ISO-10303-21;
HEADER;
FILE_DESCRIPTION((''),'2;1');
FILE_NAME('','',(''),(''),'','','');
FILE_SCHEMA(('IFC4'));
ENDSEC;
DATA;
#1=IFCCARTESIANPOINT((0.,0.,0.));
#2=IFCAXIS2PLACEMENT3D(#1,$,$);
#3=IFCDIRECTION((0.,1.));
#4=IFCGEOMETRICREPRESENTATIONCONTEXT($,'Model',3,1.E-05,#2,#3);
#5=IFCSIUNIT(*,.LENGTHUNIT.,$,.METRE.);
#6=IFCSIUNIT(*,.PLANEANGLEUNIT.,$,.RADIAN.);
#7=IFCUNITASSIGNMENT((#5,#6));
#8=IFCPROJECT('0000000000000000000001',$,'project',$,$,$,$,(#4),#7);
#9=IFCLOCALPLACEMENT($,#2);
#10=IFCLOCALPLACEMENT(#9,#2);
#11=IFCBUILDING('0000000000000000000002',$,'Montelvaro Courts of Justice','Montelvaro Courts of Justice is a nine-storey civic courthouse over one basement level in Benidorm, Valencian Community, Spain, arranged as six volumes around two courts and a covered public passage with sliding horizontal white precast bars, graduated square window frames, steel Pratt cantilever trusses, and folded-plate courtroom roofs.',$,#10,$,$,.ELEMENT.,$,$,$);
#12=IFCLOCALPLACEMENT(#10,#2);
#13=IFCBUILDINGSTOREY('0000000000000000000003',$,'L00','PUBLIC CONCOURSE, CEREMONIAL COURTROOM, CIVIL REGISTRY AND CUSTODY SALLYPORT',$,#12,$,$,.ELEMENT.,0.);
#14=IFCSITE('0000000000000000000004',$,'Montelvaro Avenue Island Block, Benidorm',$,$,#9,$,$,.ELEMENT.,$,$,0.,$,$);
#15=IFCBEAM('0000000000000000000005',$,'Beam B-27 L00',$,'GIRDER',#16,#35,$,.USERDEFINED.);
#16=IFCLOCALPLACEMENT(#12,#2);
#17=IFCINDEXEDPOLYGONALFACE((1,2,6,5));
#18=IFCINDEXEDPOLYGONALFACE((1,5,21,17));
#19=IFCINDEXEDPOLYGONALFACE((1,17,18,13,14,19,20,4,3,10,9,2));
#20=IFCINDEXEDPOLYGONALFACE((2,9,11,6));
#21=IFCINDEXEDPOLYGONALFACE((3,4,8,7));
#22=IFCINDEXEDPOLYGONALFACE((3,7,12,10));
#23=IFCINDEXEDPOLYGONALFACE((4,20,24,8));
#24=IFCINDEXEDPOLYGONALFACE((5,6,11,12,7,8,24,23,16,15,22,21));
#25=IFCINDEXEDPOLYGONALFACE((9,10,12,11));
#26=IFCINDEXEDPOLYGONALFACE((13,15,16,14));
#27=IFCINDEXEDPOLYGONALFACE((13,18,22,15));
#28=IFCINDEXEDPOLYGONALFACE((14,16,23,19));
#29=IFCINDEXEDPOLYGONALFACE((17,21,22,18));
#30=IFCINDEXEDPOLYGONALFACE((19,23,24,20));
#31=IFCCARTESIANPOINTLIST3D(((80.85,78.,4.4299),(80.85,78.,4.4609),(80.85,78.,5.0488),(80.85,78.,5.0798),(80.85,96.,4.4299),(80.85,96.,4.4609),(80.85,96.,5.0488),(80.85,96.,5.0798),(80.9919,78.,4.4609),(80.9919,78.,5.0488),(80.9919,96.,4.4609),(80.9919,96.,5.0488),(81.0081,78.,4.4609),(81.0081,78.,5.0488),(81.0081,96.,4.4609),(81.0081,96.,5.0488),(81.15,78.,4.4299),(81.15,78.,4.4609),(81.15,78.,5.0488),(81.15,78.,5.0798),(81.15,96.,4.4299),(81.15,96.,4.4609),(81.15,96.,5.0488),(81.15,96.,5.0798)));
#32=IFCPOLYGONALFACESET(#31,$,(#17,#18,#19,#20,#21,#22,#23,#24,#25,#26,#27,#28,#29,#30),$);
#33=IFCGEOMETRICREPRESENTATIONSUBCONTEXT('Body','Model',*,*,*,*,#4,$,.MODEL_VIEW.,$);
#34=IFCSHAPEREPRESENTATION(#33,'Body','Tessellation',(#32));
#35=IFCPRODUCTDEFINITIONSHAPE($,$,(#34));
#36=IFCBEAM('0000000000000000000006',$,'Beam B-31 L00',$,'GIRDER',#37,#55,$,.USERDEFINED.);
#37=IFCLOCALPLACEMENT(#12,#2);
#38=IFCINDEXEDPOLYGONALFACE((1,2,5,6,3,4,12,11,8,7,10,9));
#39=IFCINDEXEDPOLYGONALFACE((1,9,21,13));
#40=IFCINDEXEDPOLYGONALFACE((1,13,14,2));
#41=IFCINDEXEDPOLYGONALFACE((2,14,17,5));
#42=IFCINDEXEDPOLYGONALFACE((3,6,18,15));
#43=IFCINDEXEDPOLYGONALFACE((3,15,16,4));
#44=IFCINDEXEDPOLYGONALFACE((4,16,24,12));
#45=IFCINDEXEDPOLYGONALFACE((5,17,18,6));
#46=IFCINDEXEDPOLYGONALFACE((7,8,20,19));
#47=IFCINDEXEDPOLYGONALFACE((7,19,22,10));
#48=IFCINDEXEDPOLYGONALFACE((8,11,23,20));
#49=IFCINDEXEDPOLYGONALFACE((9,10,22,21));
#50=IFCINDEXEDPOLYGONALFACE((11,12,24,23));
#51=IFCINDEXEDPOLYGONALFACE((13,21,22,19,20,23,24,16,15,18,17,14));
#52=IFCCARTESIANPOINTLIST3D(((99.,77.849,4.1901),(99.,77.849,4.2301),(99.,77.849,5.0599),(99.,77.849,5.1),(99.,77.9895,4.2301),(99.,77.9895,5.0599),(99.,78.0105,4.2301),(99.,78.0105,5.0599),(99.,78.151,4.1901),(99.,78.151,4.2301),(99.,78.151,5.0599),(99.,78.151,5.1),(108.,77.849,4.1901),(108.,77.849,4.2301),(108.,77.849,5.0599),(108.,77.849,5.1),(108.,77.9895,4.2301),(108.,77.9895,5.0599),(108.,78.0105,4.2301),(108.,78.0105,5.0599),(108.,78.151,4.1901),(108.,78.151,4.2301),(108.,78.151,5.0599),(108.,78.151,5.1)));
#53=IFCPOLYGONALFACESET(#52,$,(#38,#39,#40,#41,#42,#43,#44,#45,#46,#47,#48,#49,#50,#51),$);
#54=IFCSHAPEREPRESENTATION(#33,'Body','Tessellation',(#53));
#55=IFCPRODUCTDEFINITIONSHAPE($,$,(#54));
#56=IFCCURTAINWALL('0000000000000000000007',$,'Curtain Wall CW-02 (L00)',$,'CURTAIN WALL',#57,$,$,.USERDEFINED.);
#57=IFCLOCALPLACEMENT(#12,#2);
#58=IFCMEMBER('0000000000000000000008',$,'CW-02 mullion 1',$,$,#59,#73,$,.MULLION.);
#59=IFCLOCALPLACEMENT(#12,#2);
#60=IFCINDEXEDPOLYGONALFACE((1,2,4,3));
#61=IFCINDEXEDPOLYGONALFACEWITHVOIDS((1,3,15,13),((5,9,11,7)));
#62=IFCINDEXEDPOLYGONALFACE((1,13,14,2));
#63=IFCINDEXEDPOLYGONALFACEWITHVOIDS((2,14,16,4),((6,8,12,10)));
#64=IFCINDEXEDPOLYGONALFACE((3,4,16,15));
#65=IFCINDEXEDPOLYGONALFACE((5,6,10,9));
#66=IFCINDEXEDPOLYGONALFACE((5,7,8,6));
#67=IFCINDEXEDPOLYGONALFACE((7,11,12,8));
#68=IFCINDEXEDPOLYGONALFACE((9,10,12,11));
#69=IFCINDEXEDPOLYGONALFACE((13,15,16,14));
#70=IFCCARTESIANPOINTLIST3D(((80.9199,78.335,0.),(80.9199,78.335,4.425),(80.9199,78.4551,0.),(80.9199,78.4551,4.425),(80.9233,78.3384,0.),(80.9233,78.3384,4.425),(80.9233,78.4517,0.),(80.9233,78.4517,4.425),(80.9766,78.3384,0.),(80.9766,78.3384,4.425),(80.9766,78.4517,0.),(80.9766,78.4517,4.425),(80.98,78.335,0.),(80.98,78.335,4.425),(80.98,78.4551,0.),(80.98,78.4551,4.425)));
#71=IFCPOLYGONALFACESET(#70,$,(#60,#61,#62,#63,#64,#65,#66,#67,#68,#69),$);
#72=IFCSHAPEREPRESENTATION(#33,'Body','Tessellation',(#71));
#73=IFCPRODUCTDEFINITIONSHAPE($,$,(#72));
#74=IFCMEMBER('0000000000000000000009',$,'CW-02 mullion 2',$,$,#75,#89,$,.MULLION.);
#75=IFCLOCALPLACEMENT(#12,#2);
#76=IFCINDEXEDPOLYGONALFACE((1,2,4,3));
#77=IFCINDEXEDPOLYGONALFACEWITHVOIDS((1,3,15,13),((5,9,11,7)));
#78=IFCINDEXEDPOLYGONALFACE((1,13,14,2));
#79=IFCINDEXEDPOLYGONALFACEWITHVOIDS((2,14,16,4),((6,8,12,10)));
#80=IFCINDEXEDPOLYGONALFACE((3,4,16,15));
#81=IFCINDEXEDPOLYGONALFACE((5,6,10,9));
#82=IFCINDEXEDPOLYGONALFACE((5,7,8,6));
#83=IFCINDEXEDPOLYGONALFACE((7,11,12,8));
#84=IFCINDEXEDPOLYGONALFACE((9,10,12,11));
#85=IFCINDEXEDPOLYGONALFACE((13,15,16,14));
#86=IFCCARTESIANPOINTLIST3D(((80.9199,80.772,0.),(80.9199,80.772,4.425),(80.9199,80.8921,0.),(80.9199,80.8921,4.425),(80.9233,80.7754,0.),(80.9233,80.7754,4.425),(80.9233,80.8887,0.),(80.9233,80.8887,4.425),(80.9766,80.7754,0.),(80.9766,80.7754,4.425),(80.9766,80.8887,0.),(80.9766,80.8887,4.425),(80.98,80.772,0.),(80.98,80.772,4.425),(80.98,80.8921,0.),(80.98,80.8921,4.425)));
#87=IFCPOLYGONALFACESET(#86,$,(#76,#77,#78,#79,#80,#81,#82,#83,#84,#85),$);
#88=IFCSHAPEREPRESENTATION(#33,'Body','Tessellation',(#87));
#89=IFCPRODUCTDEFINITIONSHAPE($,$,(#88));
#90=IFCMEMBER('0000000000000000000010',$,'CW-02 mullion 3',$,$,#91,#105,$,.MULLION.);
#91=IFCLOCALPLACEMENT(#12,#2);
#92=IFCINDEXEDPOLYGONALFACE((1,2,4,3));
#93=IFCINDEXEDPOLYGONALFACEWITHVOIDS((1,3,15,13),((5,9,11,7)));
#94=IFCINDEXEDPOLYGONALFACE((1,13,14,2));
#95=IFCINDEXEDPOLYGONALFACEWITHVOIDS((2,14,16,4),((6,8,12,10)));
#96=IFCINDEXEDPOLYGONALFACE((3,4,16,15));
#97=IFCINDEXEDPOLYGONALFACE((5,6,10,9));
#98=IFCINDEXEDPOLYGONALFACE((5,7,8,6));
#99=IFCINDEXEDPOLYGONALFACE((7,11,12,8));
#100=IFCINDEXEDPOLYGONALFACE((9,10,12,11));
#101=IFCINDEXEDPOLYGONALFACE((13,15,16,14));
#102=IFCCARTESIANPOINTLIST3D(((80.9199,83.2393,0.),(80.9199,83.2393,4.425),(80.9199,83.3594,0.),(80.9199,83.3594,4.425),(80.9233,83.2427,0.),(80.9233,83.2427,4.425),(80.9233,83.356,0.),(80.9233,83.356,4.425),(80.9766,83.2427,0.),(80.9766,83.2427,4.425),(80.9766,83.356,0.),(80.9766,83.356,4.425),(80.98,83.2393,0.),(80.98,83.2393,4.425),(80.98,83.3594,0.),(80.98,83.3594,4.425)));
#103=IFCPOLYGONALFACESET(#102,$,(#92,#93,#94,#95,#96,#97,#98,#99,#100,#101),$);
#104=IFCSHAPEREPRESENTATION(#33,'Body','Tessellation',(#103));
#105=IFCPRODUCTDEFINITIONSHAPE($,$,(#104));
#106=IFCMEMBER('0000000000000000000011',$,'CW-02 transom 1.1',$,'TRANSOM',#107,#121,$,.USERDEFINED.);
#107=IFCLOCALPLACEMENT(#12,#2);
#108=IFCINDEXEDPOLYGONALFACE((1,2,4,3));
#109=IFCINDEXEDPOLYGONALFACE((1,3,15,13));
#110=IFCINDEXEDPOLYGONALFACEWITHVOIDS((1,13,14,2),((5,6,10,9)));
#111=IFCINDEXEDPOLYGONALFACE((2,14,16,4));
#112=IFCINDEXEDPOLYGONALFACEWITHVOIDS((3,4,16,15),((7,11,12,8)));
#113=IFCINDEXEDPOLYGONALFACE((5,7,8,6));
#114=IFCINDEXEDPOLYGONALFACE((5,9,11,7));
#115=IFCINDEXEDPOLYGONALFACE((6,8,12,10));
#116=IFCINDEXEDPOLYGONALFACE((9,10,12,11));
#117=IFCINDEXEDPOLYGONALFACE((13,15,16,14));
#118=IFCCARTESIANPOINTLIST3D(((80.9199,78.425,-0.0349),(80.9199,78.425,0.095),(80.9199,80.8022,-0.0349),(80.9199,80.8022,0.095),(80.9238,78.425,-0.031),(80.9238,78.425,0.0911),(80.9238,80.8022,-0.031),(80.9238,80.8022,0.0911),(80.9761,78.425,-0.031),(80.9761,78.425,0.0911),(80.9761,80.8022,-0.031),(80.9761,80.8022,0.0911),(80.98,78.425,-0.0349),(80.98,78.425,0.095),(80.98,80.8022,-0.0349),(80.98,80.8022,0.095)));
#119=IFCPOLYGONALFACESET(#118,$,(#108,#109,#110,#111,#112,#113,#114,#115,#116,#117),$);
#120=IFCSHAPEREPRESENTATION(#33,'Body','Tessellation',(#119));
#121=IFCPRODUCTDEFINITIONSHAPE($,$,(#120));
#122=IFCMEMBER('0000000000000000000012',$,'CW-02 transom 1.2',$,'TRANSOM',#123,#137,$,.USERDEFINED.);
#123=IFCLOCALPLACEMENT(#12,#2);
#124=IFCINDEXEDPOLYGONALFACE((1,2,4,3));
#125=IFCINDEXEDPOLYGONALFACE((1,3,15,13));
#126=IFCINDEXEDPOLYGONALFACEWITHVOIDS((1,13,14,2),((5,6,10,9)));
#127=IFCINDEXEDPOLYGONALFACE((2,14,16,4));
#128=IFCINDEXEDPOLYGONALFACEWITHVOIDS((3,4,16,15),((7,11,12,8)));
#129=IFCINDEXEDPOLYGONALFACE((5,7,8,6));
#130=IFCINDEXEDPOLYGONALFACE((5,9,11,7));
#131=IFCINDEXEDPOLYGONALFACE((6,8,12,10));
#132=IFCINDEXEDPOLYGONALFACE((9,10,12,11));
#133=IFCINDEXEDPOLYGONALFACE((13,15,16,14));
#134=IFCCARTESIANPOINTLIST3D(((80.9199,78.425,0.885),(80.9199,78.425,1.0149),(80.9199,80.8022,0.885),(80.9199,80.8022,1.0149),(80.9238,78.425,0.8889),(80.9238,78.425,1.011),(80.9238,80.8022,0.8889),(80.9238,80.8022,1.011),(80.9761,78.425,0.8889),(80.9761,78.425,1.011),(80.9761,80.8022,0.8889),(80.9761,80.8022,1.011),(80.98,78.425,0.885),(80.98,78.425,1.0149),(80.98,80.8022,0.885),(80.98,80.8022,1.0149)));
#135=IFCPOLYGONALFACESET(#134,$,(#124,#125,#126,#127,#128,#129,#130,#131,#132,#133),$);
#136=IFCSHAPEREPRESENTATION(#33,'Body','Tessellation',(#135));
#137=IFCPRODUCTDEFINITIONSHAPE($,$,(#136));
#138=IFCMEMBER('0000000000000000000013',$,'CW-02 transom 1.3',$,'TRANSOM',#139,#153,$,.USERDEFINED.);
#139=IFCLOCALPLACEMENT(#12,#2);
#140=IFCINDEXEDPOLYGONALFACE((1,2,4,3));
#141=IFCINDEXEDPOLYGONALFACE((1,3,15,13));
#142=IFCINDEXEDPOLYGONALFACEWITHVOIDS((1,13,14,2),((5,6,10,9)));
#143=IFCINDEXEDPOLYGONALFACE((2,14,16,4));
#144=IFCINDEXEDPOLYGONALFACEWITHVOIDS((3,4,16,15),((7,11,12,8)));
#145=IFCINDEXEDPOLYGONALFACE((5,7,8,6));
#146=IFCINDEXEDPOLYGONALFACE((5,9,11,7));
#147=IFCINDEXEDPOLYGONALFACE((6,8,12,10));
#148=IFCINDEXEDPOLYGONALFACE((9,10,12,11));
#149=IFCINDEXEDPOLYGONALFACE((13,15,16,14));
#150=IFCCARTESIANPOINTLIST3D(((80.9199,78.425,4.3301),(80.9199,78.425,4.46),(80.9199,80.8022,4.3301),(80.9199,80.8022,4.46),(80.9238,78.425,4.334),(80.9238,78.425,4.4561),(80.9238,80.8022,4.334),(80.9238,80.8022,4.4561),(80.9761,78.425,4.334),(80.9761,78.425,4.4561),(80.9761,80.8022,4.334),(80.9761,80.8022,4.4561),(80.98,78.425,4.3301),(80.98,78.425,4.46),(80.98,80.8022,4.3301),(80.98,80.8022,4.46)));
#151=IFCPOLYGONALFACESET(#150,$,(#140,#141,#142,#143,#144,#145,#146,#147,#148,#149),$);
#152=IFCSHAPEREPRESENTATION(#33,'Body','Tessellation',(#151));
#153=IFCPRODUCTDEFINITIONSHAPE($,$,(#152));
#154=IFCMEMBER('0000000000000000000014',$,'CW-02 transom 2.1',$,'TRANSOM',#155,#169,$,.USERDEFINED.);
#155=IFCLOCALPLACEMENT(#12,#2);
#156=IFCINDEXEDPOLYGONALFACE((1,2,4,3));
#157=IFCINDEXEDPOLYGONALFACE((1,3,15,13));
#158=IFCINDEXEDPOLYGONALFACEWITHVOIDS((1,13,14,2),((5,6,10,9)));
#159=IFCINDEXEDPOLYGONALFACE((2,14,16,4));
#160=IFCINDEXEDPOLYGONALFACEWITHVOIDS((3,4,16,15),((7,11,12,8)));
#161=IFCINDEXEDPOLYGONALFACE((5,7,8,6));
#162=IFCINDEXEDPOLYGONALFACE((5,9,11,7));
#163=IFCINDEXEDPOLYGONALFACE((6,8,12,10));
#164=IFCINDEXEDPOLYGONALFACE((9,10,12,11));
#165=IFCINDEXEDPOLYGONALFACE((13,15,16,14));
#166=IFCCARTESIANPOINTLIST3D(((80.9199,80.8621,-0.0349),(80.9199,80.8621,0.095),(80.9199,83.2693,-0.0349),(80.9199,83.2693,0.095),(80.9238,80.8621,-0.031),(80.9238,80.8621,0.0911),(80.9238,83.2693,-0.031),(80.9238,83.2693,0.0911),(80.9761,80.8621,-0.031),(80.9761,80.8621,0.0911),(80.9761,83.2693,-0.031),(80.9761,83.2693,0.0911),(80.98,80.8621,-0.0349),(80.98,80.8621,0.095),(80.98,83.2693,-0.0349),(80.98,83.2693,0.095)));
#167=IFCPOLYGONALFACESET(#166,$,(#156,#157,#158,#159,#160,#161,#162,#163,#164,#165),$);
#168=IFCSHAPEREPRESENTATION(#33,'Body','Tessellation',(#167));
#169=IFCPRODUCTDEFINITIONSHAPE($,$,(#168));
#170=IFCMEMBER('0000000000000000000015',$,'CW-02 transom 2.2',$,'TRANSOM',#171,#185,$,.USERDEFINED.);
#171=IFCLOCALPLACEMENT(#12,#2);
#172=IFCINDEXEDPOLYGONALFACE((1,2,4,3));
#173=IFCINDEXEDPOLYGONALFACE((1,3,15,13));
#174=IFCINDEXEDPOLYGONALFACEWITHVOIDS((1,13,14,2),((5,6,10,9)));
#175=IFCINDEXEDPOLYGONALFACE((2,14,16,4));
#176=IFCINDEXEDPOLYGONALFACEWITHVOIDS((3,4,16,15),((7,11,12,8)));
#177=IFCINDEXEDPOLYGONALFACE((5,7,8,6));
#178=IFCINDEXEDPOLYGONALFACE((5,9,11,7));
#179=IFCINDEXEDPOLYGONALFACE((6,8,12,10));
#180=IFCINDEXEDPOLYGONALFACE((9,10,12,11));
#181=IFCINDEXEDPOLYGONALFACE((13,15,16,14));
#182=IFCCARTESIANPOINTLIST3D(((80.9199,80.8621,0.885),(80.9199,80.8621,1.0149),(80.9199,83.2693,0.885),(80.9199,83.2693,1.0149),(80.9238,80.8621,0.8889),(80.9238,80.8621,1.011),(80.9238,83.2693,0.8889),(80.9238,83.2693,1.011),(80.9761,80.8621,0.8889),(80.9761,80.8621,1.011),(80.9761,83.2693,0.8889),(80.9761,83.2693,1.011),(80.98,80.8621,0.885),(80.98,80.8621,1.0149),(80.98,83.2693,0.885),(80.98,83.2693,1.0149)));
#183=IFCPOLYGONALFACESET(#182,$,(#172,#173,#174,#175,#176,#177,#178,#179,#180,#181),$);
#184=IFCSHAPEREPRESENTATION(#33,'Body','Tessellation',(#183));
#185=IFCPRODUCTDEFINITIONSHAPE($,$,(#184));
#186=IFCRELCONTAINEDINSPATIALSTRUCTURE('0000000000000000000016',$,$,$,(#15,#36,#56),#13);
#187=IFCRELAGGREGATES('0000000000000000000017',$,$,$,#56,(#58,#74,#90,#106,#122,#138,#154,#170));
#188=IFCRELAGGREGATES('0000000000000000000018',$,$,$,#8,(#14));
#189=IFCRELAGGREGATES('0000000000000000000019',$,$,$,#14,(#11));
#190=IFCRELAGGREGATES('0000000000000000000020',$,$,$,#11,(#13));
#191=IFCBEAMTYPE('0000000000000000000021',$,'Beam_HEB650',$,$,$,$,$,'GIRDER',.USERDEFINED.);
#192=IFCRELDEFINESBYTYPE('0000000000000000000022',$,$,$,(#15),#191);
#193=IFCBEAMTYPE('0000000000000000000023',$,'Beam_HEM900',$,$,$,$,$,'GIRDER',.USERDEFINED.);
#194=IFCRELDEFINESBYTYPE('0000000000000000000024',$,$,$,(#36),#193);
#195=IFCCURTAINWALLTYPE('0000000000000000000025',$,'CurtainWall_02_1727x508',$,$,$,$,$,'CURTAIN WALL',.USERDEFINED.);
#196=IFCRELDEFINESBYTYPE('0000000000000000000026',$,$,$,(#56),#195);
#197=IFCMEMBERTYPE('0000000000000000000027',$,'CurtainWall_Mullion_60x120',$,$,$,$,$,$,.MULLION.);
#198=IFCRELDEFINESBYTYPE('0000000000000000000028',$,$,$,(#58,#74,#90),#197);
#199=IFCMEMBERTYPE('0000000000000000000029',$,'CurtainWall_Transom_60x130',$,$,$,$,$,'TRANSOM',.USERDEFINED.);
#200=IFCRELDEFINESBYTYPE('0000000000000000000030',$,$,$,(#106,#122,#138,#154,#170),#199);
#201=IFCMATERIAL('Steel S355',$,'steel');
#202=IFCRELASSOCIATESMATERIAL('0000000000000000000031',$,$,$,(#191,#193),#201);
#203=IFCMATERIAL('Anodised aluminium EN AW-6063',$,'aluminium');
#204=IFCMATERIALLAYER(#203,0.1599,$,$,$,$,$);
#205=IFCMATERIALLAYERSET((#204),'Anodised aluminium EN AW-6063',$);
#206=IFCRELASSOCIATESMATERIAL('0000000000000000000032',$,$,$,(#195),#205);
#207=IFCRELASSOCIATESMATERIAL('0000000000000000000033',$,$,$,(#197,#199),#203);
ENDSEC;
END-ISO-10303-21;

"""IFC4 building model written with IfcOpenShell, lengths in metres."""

from ifc_helpers import new_model, si_unit, direction, frame, origin, origin_2d, place, context, subcontext, project, spatial, hollow_rectangle, i_section, extrude, material, layer, layer_set, material_profile, profile_set, type_object, element, aggregate, save


model = new_model("IFC4")

# Units and contexts
model_context = context("Model", 3, precision=1e-05, world=origin(), true_north=direction((0.0, 1.0)))
body_context = subcontext(model_context, "Body", "Model", "MODEL_VIEW")
ifc_project = project(units=[si_unit("LENGTHUNIT", "METRE"), si_unit("PLANEANGLEUNIT", "RADIAN")], contexts=[model_context])

# Site, building, storey
site_placement = place(None, origin())
site = spatial("IfcSite", under=ifc_project, at=site_placement, Name="Montelvaro Avenue Island Block, Benidorm", CompositionType="ELEMENT", RefElevation=0.0)
building_placement = place(site_placement, origin())
building = spatial("IfcBuilding", under=site, at=building_placement, Name="Montelvaro Courts of Justice", Description="Montelvaro Courts of Justice is a nine-storey civic courthouse over one basement level in Benidorm, Valencian Community, Spain, arranged as six volumes around two courts and a covered public passage with sliding horizontal white precast bars, graduated square window frames, steel Pratt cantilever trusses, and folded-plate courtroom roofs.", CompositionType="ELEMENT")
storey_placement = place(building_placement, origin())
storey = spatial("IfcBuildingStorey", under=building, at=storey_placement, Name="L00", Description="PUBLIC CONCOURSE, CEREMONIAL COURTROOM, CIVIL REGISTRY AND CUSTODY SALLYPORT", CompositionType="ELEMENT", Elevation=0.0)

# Shared definitions
ifc_material_1 = material(Name="Steel S355", Category="steel")

# Beams
ifc_material_profile_1 = material_profile(ifc_material_1, i_section(OverallWidth=0.3, OverallDepth=0.6499, WebThickness=0.0161, FlangeThickness=0.031, at=origin_2d()), Name="HEB 650")
ifc_profile_set_1 = profile_set([ifc_material_profile_1], Name="Steel S355")
beam_type_1 = type_object("IfcBeamType", Name="Beam_HEB650", ElementType="GIRDER", PredefinedType="USERDEFINED", material=ifc_profile_set_1)
beam_1_placement = place(storey_placement, frame((81.0, 78.0, 4.7549), z_axis=(0.0, 1.0, 0.0), x_axis=(-1.0, 0.0, 0.0)))
element("IfcBeam", 1, at=beam_1_placement, inside=storey, type_object=beam_type_1, Name="Beam B-27 L00", ObjectType="GIRDER", PredefinedType="USERDEFINED", context=body_context, shape_type="SweptSolid", body=[
    extrude(i_section(OverallWidth=0.3, OverallDepth=0.6499, WebThickness=0.0161, FlangeThickness=0.031, at=origin_2d()), origin(), (0.0, 0.0, 1.0), 18.0),
])
ifc_material_profile_2 = material_profile(ifc_material_1, i_section(OverallWidth=0.302, OverallDepth=0.9099, WebThickness=0.021, FlangeThickness=0.04, at=origin_2d()), Name="HEM 900")
ifc_profile_set_2 = profile_set([ifc_material_profile_2], Name="Steel S355")
beam_type_2 = type_object("IfcBeamType", Name="Beam_HEM900", ElementType="GIRDER", PredefinedType="USERDEFINED", material=ifc_profile_set_2)
beam_2_placement = place(storey_placement, frame((99.0, 78.0, 4.645), z_axis=(1.0, 0.0, 0.0), x_axis=(0.0, 1.0, 0.0)))
element("IfcBeam", 2, at=beam_2_placement, inside=storey, type_object=beam_type_2, Name="Beam B-31 L00", ObjectType="GIRDER", PredefinedType="USERDEFINED", context=body_context, shape_type="SweptSolid", body=[
    extrude(i_section(OverallWidth=0.302, OverallDepth=0.9099, WebThickness=0.021, FlangeThickness=0.04, at=origin_2d()), origin(), (0.0, 0.0, 1.0), 9.0),
])

# Curtain wall, members
ifc_material_2 = material(Name="Anodised aluminium EN AW-6063", Category="aluminium")
ifc_layer_1 = layer(ifc_material_2, 0.1599)
ifc_layer_set_1 = layer_set([ifc_layer_1], Name="Anodised aluminium EN AW-6063")
curtain_wall_type_1 = type_object("IfcCurtainWallType", Name="CurtainWall_02_1727x508", ElementType="CURTAIN WALL", PredefinedType="USERDEFINED", material=ifc_layer_set_1)
curtain_wall_1_placement = place(storey_placement, origin())
curtain_wall_1 = element("IfcCurtainWall", 3, at=curtain_wall_1_placement, inside=storey, type_object=curtain_wall_type_1, Name="Curtain Wall CW-02 (L00)", ObjectType="CURTAIN WALL", PredefinedType="USERDEFINED")
ifc_material_profile_3 = material_profile(ifc_material_2, hollow_rectangle(XDim=0.0601, YDim=0.1201, WallThickness=0.0034, at=origin_2d()), Name="ALU-M 60x120")
ifc_profile_set_3 = profile_set([ifc_material_profile_3], Name="Anodised aluminium EN AW-6063")
member_type_1 = type_object("IfcMemberType", Name="CurtainWall_Mullion_60x120", PredefinedType="MULLION", material=ifc_profile_set_3)
member_1_placement = place(storey_placement, frame((80.95, 78.395, 0.0), z_axis=(0.0, 0.0, 1.0), x_axis=(-1.0, 0.0, 0.0)))
member_1 = element("IfcMember", 4, at=member_1_placement, type_object=member_type_1, Name="CW-02 mullion 1", PredefinedType="MULLION", context=body_context, shape_type="SweptSolid", body=[
    extrude(hollow_rectangle(XDim=0.0601, YDim=0.1201, WallThickness=0.0034, at=origin_2d()), origin(), (0.0, 0.0, 1.0), 4.425),
])
member_2_placement = place(storey_placement, frame((80.95, 80.832, 0.0), z_axis=(0.0, 0.0, 1.0), x_axis=(-1.0, 0.0, 0.0)))
member_2 = element("IfcMember", 5, at=member_2_placement, type_object=member_type_1, Name="CW-02 mullion 2", PredefinedType="MULLION", context=body_context, shape_type="SweptSolid", body=[
    extrude(hollow_rectangle(XDim=0.0601, YDim=0.1201, WallThickness=0.0034, at=origin_2d()), origin(), (0.0, 0.0, 1.0), 4.425),
])
member_3_placement = place(storey_placement, frame((80.95, 83.2993, 0.0), z_axis=(0.0, 0.0, 1.0), x_axis=(-1.0, 0.0, 0.0)))
member_3 = element("IfcMember", 6, at=member_3_placement, type_object=member_type_1, Name="CW-02 mullion 3", PredefinedType="MULLION", context=body_context, shape_type="SweptSolid", body=[
    extrude(hollow_rectangle(XDim=0.0601, YDim=0.1201, WallThickness=0.0034, at=origin_2d()), origin(), (0.0, 0.0, 1.0), 4.425),
])
ifc_material_profile_4 = material_profile(ifc_material_2, hollow_rectangle(XDim=0.0601, YDim=0.1299, WallThickness=0.0039, at=origin_2d()), Name="ALU-T 60x130")
ifc_profile_set_4 = profile_set([ifc_material_profile_4], Name="Anodised aluminium EN AW-6063")
member_type_2 = type_object("IfcMemberType", Name="CurtainWall_Transom_60x130", ElementType="TRANSOM", PredefinedType="USERDEFINED", material=ifc_profile_set_4)
member_4_placement = place(storey_placement, frame((80.95, 78.425, 0.03), z_axis=(0.0, 1.0, 0.0), x_axis=(-1.0, 0.0, 0.0)))
member_4 = element("IfcMember", 7, at=member_4_placement, type_object=member_type_2, Name="CW-02 transom 1.1", ObjectType="TRANSOM", PredefinedType="USERDEFINED", context=body_context, shape_type="SweptSolid", body=[
    extrude(hollow_rectangle(XDim=0.0601, YDim=0.1299, WallThickness=0.0039, at=origin_2d()), origin(), (0.0, 0.0, 1.0), 2.3772),
])
member_5_placement = place(storey_placement, frame((80.95, 78.425, 0.95), z_axis=(0.0, 1.0, 0.0), x_axis=(-1.0, 0.0, 0.0)))
member_5 = element("IfcMember", 8, at=member_5_placement, type_object=member_type_2, Name="CW-02 transom 1.2", ObjectType="TRANSOM", PredefinedType="USERDEFINED", context=body_context, shape_type="SweptSolid", body=[
    extrude(hollow_rectangle(XDim=0.0601, YDim=0.1299, WallThickness=0.0039, at=origin_2d()), origin(), (0.0, 0.0, 1.0), 2.3772),
])
member_6_placement = place(storey_placement, frame((80.95, 78.425, 4.395), z_axis=(0.0, 1.0, 0.0), x_axis=(-1.0, 0.0, 0.0)))
member_6 = element("IfcMember", 9, at=member_6_placement, type_object=member_type_2, Name="CW-02 transom 1.3", ObjectType="TRANSOM", PredefinedType="USERDEFINED", context=body_context, shape_type="SweptSolid", body=[
    extrude(hollow_rectangle(XDim=0.0601, YDim=0.1299, WallThickness=0.0039, at=origin_2d()), origin(), (0.0, 0.0, 1.0), 2.3772),
])
member_7_placement = place(storey_placement, frame((80.95, 80.8621, 0.03), z_axis=(0.0, 1.0, 0.0), x_axis=(-1.0, 0.0, 0.0)))
member_7 = element("IfcMember", 10, at=member_7_placement, type_object=member_type_2, Name="CW-02 transom 2.1", ObjectType="TRANSOM", PredefinedType="USERDEFINED", context=body_context, shape_type="SweptSolid", body=[
    extrude(hollow_rectangle(XDim=0.0601, YDim=0.1299, WallThickness=0.0039, at=origin_2d()), origin(), (0.0, 0.0, 1.0), 2.4072),
])
member_8_placement = place(storey_placement, frame((80.95, 80.8621, 0.95), z_axis=(0.0, 1.0, 0.0), x_axis=(-1.0, 0.0, 0.0)))
member_8 = element("IfcMember", 11, at=member_8_placement, type_object=member_type_2, Name="CW-02 transom 2.2", ObjectType="TRANSOM", PredefinedType="USERDEFINED", context=body_context, shape_type="SweptSolid", body=[
    extrude(hollow_rectangle(XDim=0.0601, YDim=0.1299, WallThickness=0.0039, at=origin_2d()), origin(), (0.0, 0.0, 1.0), 2.4072),
])

aggregate(curtain_wall_1, [member_1, member_2, member_3, member_4, member_5, member_6, member_7, member_8])

save(model, "model.ifc")
